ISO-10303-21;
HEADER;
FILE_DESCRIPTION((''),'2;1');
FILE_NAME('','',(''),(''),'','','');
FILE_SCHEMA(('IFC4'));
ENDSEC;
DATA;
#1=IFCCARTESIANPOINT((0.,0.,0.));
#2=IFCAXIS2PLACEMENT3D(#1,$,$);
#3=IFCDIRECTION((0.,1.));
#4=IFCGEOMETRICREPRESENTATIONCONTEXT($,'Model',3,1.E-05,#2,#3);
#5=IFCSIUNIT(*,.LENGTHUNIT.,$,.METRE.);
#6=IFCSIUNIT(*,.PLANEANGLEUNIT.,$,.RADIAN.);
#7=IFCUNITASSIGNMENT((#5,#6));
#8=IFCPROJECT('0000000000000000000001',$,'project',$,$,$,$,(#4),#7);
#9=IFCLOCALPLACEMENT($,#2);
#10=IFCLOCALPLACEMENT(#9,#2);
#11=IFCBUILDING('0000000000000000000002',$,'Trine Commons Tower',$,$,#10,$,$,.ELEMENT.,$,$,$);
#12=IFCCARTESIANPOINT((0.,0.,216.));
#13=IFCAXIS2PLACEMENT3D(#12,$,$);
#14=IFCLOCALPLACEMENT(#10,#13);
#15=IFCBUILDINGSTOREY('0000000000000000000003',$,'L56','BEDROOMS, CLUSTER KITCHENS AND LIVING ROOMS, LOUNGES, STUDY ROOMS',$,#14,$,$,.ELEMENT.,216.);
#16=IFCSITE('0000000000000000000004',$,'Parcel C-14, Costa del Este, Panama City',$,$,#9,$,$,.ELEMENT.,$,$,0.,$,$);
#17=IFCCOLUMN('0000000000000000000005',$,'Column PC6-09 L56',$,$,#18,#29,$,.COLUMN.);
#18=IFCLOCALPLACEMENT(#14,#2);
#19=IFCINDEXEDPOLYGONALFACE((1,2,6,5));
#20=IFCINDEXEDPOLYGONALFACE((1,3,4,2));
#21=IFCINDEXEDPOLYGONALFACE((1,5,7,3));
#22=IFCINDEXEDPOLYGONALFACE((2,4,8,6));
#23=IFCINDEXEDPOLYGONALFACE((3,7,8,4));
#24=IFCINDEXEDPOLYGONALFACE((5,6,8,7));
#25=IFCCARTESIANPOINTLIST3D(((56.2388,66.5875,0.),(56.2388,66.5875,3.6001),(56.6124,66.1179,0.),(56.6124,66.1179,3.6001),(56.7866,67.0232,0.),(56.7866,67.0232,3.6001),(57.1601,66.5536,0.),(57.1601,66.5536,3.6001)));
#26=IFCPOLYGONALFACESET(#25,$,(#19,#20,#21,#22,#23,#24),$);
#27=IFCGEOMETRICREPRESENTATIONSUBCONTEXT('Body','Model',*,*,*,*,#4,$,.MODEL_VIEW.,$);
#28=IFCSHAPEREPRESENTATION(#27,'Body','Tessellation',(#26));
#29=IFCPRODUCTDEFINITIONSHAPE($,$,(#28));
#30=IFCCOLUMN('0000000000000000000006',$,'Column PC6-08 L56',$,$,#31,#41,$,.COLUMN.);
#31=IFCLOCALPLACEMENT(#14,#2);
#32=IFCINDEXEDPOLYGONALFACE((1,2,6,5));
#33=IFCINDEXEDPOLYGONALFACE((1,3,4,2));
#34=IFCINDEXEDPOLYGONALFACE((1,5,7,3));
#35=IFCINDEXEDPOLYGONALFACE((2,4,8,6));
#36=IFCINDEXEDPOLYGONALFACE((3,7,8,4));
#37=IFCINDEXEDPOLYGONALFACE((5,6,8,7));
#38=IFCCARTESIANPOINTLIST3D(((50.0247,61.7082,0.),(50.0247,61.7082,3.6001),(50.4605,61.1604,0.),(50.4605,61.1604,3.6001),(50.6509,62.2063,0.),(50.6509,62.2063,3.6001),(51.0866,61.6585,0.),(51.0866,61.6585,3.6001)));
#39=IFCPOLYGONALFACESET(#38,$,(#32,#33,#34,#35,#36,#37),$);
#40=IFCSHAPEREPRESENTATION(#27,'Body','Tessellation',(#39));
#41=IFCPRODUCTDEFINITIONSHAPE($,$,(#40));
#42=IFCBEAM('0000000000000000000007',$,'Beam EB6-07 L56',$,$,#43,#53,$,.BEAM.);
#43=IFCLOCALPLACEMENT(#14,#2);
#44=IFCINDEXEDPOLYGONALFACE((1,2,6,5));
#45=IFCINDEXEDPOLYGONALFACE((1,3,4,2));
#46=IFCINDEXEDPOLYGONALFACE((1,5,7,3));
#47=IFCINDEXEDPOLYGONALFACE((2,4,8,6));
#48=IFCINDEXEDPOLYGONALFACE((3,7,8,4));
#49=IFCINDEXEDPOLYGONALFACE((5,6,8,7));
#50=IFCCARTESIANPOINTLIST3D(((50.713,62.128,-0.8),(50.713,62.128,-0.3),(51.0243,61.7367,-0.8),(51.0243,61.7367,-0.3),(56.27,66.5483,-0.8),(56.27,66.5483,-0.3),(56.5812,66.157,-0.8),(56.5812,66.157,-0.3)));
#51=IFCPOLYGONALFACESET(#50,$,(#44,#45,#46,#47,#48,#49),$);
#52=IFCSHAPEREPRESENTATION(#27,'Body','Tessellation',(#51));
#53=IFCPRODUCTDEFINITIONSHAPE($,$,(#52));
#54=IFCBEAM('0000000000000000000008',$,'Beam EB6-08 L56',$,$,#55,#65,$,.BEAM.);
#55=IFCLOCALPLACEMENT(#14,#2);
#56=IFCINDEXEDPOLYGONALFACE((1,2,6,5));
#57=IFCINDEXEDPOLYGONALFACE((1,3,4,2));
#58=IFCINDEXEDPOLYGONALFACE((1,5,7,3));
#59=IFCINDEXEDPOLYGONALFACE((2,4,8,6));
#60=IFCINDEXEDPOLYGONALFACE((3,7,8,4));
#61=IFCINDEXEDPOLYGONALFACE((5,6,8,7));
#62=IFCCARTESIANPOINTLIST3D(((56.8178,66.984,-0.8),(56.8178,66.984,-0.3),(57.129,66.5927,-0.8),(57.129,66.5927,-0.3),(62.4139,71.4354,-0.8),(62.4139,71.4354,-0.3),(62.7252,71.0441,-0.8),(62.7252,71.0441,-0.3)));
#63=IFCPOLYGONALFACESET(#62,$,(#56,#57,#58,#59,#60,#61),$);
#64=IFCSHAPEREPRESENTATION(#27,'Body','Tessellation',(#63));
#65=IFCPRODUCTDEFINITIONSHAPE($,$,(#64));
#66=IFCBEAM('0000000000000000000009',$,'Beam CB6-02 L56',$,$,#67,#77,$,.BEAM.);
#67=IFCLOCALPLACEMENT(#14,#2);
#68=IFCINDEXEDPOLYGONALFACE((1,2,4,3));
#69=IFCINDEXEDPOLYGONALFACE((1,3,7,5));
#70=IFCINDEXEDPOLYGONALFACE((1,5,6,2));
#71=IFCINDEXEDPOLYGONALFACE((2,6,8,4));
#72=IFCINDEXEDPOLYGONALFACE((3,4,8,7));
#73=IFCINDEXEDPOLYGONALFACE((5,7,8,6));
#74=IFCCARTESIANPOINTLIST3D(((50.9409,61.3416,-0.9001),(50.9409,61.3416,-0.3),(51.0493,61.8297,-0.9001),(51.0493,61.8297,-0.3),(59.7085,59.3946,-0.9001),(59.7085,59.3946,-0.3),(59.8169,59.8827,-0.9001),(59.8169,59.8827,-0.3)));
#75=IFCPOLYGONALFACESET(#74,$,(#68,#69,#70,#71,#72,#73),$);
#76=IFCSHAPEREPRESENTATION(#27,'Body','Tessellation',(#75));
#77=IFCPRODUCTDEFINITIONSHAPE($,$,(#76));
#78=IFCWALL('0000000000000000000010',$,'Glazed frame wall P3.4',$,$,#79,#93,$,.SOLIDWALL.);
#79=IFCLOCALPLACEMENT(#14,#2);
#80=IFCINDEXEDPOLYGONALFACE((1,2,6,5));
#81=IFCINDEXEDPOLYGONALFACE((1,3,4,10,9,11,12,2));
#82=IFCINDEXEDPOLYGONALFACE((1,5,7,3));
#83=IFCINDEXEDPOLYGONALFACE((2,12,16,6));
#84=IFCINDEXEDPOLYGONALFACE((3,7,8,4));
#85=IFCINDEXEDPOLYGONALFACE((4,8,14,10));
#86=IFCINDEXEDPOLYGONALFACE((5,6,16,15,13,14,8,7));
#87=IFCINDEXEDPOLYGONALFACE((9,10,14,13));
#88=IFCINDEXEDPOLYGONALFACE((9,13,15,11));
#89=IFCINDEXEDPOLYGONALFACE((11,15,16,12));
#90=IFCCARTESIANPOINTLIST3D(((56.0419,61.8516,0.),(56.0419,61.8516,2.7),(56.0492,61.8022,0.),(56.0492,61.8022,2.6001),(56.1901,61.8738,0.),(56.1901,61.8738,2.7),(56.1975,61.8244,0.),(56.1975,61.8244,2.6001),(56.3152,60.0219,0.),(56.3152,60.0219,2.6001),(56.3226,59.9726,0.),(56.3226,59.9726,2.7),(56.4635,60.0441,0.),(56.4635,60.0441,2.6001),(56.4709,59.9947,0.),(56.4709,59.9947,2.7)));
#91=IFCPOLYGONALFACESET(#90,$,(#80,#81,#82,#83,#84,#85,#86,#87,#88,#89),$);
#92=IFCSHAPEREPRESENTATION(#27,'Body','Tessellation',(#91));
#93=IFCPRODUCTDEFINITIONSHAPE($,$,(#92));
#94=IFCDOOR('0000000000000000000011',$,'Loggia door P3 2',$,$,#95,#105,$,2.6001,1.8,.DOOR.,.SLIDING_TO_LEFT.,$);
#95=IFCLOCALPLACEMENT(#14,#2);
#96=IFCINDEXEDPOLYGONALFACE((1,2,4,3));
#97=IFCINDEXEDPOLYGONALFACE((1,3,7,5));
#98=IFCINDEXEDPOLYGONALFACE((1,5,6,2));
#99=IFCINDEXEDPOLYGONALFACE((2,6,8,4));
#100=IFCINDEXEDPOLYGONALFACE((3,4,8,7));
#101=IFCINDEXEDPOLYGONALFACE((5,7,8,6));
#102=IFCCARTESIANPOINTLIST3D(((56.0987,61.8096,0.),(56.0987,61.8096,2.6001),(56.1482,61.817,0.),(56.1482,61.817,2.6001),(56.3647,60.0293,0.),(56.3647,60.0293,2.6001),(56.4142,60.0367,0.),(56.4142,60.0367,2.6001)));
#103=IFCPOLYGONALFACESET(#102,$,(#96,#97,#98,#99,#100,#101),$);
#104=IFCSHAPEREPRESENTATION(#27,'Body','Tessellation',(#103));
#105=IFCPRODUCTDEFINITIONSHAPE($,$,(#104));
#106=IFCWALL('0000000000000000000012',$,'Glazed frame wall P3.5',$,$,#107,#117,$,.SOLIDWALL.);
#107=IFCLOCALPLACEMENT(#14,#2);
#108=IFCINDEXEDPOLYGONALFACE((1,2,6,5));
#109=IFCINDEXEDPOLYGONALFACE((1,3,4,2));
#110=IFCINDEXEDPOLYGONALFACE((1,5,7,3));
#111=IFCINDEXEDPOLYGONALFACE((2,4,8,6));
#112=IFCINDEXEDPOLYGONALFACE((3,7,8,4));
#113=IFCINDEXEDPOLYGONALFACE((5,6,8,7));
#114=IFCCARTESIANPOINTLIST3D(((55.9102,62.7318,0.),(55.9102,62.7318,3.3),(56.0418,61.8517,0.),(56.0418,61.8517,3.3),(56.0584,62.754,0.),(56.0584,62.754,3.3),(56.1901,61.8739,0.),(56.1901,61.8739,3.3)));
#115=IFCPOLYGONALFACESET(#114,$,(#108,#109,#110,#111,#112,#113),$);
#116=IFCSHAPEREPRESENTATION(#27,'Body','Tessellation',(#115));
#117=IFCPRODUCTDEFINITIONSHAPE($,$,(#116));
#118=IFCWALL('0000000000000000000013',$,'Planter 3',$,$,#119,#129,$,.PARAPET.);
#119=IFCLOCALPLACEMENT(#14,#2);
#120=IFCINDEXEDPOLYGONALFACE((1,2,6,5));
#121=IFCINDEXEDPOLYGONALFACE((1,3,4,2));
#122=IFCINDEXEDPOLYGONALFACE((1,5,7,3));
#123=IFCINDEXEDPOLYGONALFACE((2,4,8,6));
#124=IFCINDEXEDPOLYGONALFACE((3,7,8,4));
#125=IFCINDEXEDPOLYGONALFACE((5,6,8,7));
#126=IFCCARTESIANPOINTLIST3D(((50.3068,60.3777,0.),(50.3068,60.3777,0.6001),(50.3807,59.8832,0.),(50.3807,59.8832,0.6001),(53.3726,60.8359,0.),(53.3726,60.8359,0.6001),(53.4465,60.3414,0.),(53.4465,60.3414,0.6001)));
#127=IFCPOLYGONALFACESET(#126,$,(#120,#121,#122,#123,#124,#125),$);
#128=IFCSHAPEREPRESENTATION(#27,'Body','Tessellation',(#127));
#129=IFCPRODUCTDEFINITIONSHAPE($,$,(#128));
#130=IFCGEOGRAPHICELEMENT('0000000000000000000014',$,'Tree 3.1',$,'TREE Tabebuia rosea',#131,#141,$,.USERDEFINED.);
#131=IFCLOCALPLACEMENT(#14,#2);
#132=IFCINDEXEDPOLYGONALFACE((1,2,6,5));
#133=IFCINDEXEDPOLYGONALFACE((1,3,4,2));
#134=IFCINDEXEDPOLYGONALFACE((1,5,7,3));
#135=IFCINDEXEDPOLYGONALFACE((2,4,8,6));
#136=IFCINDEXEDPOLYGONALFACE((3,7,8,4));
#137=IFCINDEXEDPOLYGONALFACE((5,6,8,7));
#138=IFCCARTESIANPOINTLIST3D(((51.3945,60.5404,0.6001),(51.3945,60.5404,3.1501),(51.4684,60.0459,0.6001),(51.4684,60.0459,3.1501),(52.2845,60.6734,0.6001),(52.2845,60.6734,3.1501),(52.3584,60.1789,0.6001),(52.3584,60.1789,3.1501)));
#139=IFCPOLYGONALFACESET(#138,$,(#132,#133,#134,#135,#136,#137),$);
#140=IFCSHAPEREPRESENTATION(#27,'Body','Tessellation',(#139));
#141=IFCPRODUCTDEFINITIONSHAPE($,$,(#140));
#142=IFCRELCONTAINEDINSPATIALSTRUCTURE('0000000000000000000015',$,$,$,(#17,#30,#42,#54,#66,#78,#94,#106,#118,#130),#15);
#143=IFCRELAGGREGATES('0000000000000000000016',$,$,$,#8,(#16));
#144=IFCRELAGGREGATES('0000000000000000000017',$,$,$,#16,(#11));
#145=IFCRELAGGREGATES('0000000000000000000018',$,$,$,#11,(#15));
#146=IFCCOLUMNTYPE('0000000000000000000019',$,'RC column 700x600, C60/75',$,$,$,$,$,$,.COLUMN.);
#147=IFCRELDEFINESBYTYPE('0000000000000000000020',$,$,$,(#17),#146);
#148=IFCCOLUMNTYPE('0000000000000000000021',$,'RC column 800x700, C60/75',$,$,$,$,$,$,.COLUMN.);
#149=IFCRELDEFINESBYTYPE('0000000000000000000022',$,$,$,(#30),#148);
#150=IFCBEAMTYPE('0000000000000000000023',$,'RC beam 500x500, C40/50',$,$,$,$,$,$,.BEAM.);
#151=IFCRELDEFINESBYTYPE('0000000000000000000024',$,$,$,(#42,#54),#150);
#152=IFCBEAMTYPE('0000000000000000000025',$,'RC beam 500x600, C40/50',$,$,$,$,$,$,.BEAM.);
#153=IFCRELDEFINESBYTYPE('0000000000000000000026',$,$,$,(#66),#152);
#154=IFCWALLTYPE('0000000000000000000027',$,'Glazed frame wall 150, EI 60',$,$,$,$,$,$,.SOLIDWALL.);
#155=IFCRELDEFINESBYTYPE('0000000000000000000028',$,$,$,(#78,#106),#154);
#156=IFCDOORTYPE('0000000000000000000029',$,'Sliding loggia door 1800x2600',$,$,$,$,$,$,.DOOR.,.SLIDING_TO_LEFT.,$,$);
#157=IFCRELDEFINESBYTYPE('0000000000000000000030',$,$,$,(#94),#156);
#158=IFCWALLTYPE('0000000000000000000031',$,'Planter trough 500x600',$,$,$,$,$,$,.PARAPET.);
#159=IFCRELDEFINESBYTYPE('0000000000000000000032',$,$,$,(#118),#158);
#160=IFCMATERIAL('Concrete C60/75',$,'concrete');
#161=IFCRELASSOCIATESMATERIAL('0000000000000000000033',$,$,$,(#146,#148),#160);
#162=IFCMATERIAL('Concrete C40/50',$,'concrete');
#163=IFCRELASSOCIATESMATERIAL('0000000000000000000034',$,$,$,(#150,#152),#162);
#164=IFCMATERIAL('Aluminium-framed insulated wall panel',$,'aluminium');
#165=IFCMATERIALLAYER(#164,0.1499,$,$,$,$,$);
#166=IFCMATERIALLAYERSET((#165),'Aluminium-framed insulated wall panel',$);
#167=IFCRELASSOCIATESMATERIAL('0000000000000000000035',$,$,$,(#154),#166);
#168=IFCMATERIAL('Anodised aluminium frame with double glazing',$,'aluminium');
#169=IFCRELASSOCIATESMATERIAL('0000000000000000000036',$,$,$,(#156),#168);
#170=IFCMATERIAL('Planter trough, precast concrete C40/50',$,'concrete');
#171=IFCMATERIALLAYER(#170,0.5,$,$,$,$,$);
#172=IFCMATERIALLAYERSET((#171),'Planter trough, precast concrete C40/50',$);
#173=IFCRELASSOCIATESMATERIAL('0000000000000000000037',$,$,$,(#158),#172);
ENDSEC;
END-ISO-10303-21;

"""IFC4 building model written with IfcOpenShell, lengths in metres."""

from ifc_helpers import new_model, si_unit, direction, frame, frame_2d, origin, origin_2d, place, context, subcontext, project, spatial, polyline, rectangle, outline, extrude, material, layer, layer_set, material_profile, profile_set, type_object, element, fill, save


model = new_model("IFC4")

# Units and contexts
model_context = context("Model", 3, precision=1e-05, world=origin(), true_north=direction((0.0, 1.0)))
body_context = subcontext(model_context, "Body", "Model", "MODEL_VIEW")
ifc_project = project(units=[si_unit("LENGTHUNIT", "METRE"), si_unit("PLANEANGLEUNIT", "RADIAN")], contexts=[model_context])

# Site, building, storey
site_placement = place(None, origin())
site = spatial("IfcSite", under=ifc_project, at=site_placement, Name="Parcel C-14, Costa del Este, Panama City", CompositionType="ELEMENT", RefElevation=0.0)
building_placement = place(site_placement, origin())
building = spatial("IfcBuilding", under=site, at=building_placement, Name="Trine Commons Tower", CompositionType="ELEMENT")
storey_placement = place(building_placement, frame((0.0, 0.0, 216.0)))
storey = spatial("IfcBuildingStorey", under=building, at=storey_placement, Name="L56", Description="BEDROOMS, CLUSTER KITCHENS AND LIVING ROOMS, LOUNGES, STUDY ROOMS", CompositionType="ELEMENT", Elevation=216.0)

# Columns
ifc_material_1 = material(Name="Concrete C60/75", Category="concrete")
ifc_material_profile_1 = material_profile(ifc_material_1, rectangle(XDim=0.7, YDim=0.6001, at=origin_2d()), Name="RC 700x600")
ifc_profile_set_1 = profile_set([ifc_material_profile_1], Name="Concrete C60/75")
column_type_1 = type_object("IfcColumnType", Name="RC column 700x600, C60/75", PredefinedType="COLUMN", material=ifc_profile_set_1)
column_1_placement = place(storey_placement, frame((56.6995, 66.5706, 0.0), z_axis=(0.0, 0.0, 1.0), x_axis=(0.782608, 0.622515, 0.0)))
element("IfcColumn", 1, at=column_1_placement, inside=storey, type_object=column_type_1, Name="Column PC6-09 L56", PredefinedType="COLUMN", context=body_context, shape_type="SweptSolid", body=[
    extrude(rectangle(XDim=0.7, YDim=0.6001, at=origin_2d()), origin(), (0.0, 0.0, 1.0), 3.6001),
])
ifc_material_profile_2 = material_profile(ifc_material_1, rectangle(XDim=0.8, YDim=0.7, at=origin_2d()), Name="RC 800x700")
ifc_profile_set_2 = profile_set([ifc_material_profile_2], Name="Concrete C60/75")
column_type_2 = type_object("IfcColumnType", Name="RC column 800x700, C60/75", PredefinedType="COLUMN", material=ifc_profile_set_2)
column_2_placement = place(storey_placement, frame((50.5557, 61.6833, 0.0), z_axis=(0.0, 0.0, 1.0), x_axis=(0.782608, 0.622515, 0.0)))
element("IfcColumn", 2, at=column_2_placement, inside=storey, type_object=column_type_2, Name="Column PC6-08 L56", PredefinedType="COLUMN", context=body_context, shape_type="SweptSolid", body=[
    extrude(rectangle(XDim=0.8, YDim=0.7, at=origin_2d()), origin(), (0.0, 0.0, 1.0), 3.6001),
])

# Beams
ifc_material_2 = material(Name="Concrete C40/50", Category="concrete")
ifc_material_profile_3 = material_profile(ifc_material_2, rectangle(XDim=0.5, YDim=0.5, at=origin_2d()), Name="RC 500x500")
ifc_profile_set_3 = profile_set([ifc_material_profile_3], Name="Concrete C40/50")
beam_type_1 = type_object("IfcBeamType", Name="RC beam 500x500, C40/50", PredefinedType="BEAM", material=ifc_profile_set_3)
beam_1_placement = place(storey_placement, frame((50.8687, 61.9324, -0.55), z_axis=(0.782607, 0.622516, 0.0), x_axis=(-0.622516, 0.782607, 0.0)))
element("IfcBeam", 3, at=beam_1_placement, inside=storey, type_object=beam_type_1, Name="Beam EB6-07 L56", PredefinedType="BEAM", context=body_context, shape_type="SweptSolid", body=[
    extrude(rectangle(XDim=0.5, YDim=0.5, at=origin_2d()), origin(), (0.0, 0.0, 1.0), 7.1006),
])
beam_2_placement = place(storey_placement, frame((56.9734, 66.7883, -0.55), z_axis=(0.782608, 0.622515, 0.0), x_axis=(-0.622515, 0.782608, 0.0)))
element("IfcBeam", 4, at=beam_2_placement, inside=storey, type_object=beam_type_1, Name="Beam EB6-08 L56", PredefinedType="BEAM", context=body_context, shape_type="SweptSolid", body=[
    extrude(rectangle(XDim=0.5, YDim=0.5, at=origin_2d()), origin(), (0.0, 0.0, 1.0), 7.1506),
])
ifc_material_profile_4 = material_profile(ifc_material_2, rectangle(XDim=0.5, YDim=0.6001, at=origin_2d()), Name="RC 500x600")
ifc_profile_set_4 = profile_set([ifc_material_profile_4], Name="Concrete C40/50")
beam_type_2 = type_object("IfcBeamType", Name="RC beam 500x600, C40/50", PredefinedType="BEAM", material=ifc_profile_set_4)
beam_3_placement = place(storey_placement, frame((50.9951, 61.5857, -0.6001), z_axis=(0.976218, -0.216789, 0.0), x_axis=(0.216789, 0.976218, 0.0)))
element("IfcBeam", 5, at=beam_3_placement, inside=storey, type_object=beam_type_2, Name="Beam CB6-02 L56", PredefinedType="BEAM", context=body_context, shape_type="SweptSolid", body=[
    extrude(rectangle(XDim=0.5, YDim=0.6001, at=origin_2d()), origin(), (0.0, 0.0, 1.0), 8.9812),
])

# Shared definitions
ifc_material_3 = material(Name="Aluminium-framed insulated wall panel", Category="aluminium")
ifc_layer_1 = layer(ifc_material_3, 0.1499)
ifc_layer_set_1 = layer_set([ifc_layer_1], Name="Aluminium-framed insulated wall panel")
wall_type_1 = type_object("IfcWallType", Name="Glazed frame wall 150, EI 60", PredefinedType="SOLIDWALL", material=ifc_layer_set_1)
ifc_material_4 = material(Name="Anodised aluminium frame with double glazing", Category="aluminium")
door_type = type_object("IfcDoorType", Name="Sliding loggia door 1800x2600", OperationType="SLIDING_TO_LEFT", PredefinedType="DOOR", material=ifc_material_4)

# Wall, opening, door
wall_1_placement = place(storey_placement, frame((56.3967, 59.9836, 0.0), z_axis=(0.0, 0.0, 1.0), x_axis=(-0.147769, 0.989022, 0.0)))
wall_1 = element("IfcWall", 6, at=wall_1_placement, inside=storey, type_object=wall_type_1, Name="Glazed frame wall P3.4", PredefinedType="SOLIDWALL", context=body_context, shape_type="SweptSolid", body=[
    extrude(outline(polyline([(0.0, -0.075), (1.8999, -0.075), (1.8999, 0.075), (0.0, 0.075), (0.0, -0.075)])), origin(), (0.0, 0.0, 1.0), 2.7),
])
opening_1_placement = place(wall_1_placement, frame((0.05, 0.0, 0.0)))
opening_1 = element("IfcOpeningElement", 7, at=opening_1_placement, cuts=wall_1, PredefinedType="OPENING", context=body_context, shape_type="SweptSolid", body=[
    extrude(rectangle(XDim=1.8, YDim=2.6001, at=frame_2d((0.8999, 1.3))), frame((0.0, 0.085, 0.0), z_axis=(0.0, -1.0, 0.0), x_axis=(1.0, 0.0, 0.0)), (0.0, 0.0, 1.0), 0.1699),
])
door_1_placement = place(opening_1_placement, origin())
door_1 = element("IfcDoor", 8, at=door_1_placement, inside=storey, type_object=door_type, Name="Loggia door P3 2", OperationType="SLIDING_TO_LEFT", OverallHeight=2.6001, OverallWidth=1.8, PredefinedType="DOOR", context=body_context, shape_type="SweptSolid", body=[
    extrude(rectangle(XDim=1.8, YDim=2.6001, at=frame_2d((0.8999, 1.3))), frame((0.0, 0.0249, 0.0), z_axis=(0.0, -1.0, 0.0), x_axis=(1.0, 0.0, 0.0)), (0.0, 0.0, 1.0), 0.05),
])
fill(opening_1, door_1)

# Walls
wall_2_placement = place(storey_placement, frame((56.116, 61.8628, 0.0), z_axis=(0.0, 0.0, 1.0), x_axis=(-0.147946, 0.988995, 0.0)))
element("IfcWall", 9, at=wall_2_placement, inside=storey, type_object=wall_type_1, Name="Glazed frame wall P3.5", PredefinedType="SOLIDWALL", context=body_context, shape_type="SweptSolid", body=[
    extrude(outline(polyline([(0.8899, 0.075), (0.0, 0.075), (0.0, -0.075), (0.8899, -0.075), (0.8899, 0.075)])), origin(), (0.0, 0.0, 1.0), 3.3),
])
ifc_material_5 = material(Name="Planter trough, precast concrete C40/50", Category="concrete")
ifc_layer_2 = layer(ifc_material_5, 0.5)
ifc_layer_set_2 = layer_set([ifc_layer_2], Name="Planter trough, precast concrete C40/50")
wall_type_2 = type_object("IfcWallType", Name="Planter trough 500x600", PredefinedType="PARAPET", material=ifc_layer_set_2)
wall_3_placement = place(storey_placement, frame((53.4094, 60.5886, 0.0), z_axis=(0.0, 0.0, 1.0), x_axis=(-0.989014, -0.147824, 0.0)))
element("IfcWall", 10, at=wall_3_placement, inside=storey, type_object=wall_type_2, Name="Planter 3", PredefinedType="PARAPET", context=body_context, shape_type="SweptSolid", body=[
    extrude(rectangle(XDim=3.0999, YDim=0.5, at=frame_2d((1.5498, 0.0))), origin(), (0.0, 0.0, 1.0), 0.6001),
])

# Geographic element
geographic_element_placement = place(storey_placement, frame((51.8765, 60.3596, 0.6001), z_axis=(0.0, 0.0, 1.0), x_axis=(-0.989015, -0.147816, 0.0)))
element("IfcGeographicElement", 11, at=geographic_element_placement, inside=storey, Name="Tree 3.1", ObjectType="TREE Tabebuia rosea", PredefinedType="USERDEFINED", context=body_context, shape_type="SweptSolid", body=[
    extrude(rectangle(XDim=0.8999, YDim=0.5, at=origin_2d()), origin(), (0.0, 0.0, 1.0), 2.55),
])

save(model, "model.ifc")
